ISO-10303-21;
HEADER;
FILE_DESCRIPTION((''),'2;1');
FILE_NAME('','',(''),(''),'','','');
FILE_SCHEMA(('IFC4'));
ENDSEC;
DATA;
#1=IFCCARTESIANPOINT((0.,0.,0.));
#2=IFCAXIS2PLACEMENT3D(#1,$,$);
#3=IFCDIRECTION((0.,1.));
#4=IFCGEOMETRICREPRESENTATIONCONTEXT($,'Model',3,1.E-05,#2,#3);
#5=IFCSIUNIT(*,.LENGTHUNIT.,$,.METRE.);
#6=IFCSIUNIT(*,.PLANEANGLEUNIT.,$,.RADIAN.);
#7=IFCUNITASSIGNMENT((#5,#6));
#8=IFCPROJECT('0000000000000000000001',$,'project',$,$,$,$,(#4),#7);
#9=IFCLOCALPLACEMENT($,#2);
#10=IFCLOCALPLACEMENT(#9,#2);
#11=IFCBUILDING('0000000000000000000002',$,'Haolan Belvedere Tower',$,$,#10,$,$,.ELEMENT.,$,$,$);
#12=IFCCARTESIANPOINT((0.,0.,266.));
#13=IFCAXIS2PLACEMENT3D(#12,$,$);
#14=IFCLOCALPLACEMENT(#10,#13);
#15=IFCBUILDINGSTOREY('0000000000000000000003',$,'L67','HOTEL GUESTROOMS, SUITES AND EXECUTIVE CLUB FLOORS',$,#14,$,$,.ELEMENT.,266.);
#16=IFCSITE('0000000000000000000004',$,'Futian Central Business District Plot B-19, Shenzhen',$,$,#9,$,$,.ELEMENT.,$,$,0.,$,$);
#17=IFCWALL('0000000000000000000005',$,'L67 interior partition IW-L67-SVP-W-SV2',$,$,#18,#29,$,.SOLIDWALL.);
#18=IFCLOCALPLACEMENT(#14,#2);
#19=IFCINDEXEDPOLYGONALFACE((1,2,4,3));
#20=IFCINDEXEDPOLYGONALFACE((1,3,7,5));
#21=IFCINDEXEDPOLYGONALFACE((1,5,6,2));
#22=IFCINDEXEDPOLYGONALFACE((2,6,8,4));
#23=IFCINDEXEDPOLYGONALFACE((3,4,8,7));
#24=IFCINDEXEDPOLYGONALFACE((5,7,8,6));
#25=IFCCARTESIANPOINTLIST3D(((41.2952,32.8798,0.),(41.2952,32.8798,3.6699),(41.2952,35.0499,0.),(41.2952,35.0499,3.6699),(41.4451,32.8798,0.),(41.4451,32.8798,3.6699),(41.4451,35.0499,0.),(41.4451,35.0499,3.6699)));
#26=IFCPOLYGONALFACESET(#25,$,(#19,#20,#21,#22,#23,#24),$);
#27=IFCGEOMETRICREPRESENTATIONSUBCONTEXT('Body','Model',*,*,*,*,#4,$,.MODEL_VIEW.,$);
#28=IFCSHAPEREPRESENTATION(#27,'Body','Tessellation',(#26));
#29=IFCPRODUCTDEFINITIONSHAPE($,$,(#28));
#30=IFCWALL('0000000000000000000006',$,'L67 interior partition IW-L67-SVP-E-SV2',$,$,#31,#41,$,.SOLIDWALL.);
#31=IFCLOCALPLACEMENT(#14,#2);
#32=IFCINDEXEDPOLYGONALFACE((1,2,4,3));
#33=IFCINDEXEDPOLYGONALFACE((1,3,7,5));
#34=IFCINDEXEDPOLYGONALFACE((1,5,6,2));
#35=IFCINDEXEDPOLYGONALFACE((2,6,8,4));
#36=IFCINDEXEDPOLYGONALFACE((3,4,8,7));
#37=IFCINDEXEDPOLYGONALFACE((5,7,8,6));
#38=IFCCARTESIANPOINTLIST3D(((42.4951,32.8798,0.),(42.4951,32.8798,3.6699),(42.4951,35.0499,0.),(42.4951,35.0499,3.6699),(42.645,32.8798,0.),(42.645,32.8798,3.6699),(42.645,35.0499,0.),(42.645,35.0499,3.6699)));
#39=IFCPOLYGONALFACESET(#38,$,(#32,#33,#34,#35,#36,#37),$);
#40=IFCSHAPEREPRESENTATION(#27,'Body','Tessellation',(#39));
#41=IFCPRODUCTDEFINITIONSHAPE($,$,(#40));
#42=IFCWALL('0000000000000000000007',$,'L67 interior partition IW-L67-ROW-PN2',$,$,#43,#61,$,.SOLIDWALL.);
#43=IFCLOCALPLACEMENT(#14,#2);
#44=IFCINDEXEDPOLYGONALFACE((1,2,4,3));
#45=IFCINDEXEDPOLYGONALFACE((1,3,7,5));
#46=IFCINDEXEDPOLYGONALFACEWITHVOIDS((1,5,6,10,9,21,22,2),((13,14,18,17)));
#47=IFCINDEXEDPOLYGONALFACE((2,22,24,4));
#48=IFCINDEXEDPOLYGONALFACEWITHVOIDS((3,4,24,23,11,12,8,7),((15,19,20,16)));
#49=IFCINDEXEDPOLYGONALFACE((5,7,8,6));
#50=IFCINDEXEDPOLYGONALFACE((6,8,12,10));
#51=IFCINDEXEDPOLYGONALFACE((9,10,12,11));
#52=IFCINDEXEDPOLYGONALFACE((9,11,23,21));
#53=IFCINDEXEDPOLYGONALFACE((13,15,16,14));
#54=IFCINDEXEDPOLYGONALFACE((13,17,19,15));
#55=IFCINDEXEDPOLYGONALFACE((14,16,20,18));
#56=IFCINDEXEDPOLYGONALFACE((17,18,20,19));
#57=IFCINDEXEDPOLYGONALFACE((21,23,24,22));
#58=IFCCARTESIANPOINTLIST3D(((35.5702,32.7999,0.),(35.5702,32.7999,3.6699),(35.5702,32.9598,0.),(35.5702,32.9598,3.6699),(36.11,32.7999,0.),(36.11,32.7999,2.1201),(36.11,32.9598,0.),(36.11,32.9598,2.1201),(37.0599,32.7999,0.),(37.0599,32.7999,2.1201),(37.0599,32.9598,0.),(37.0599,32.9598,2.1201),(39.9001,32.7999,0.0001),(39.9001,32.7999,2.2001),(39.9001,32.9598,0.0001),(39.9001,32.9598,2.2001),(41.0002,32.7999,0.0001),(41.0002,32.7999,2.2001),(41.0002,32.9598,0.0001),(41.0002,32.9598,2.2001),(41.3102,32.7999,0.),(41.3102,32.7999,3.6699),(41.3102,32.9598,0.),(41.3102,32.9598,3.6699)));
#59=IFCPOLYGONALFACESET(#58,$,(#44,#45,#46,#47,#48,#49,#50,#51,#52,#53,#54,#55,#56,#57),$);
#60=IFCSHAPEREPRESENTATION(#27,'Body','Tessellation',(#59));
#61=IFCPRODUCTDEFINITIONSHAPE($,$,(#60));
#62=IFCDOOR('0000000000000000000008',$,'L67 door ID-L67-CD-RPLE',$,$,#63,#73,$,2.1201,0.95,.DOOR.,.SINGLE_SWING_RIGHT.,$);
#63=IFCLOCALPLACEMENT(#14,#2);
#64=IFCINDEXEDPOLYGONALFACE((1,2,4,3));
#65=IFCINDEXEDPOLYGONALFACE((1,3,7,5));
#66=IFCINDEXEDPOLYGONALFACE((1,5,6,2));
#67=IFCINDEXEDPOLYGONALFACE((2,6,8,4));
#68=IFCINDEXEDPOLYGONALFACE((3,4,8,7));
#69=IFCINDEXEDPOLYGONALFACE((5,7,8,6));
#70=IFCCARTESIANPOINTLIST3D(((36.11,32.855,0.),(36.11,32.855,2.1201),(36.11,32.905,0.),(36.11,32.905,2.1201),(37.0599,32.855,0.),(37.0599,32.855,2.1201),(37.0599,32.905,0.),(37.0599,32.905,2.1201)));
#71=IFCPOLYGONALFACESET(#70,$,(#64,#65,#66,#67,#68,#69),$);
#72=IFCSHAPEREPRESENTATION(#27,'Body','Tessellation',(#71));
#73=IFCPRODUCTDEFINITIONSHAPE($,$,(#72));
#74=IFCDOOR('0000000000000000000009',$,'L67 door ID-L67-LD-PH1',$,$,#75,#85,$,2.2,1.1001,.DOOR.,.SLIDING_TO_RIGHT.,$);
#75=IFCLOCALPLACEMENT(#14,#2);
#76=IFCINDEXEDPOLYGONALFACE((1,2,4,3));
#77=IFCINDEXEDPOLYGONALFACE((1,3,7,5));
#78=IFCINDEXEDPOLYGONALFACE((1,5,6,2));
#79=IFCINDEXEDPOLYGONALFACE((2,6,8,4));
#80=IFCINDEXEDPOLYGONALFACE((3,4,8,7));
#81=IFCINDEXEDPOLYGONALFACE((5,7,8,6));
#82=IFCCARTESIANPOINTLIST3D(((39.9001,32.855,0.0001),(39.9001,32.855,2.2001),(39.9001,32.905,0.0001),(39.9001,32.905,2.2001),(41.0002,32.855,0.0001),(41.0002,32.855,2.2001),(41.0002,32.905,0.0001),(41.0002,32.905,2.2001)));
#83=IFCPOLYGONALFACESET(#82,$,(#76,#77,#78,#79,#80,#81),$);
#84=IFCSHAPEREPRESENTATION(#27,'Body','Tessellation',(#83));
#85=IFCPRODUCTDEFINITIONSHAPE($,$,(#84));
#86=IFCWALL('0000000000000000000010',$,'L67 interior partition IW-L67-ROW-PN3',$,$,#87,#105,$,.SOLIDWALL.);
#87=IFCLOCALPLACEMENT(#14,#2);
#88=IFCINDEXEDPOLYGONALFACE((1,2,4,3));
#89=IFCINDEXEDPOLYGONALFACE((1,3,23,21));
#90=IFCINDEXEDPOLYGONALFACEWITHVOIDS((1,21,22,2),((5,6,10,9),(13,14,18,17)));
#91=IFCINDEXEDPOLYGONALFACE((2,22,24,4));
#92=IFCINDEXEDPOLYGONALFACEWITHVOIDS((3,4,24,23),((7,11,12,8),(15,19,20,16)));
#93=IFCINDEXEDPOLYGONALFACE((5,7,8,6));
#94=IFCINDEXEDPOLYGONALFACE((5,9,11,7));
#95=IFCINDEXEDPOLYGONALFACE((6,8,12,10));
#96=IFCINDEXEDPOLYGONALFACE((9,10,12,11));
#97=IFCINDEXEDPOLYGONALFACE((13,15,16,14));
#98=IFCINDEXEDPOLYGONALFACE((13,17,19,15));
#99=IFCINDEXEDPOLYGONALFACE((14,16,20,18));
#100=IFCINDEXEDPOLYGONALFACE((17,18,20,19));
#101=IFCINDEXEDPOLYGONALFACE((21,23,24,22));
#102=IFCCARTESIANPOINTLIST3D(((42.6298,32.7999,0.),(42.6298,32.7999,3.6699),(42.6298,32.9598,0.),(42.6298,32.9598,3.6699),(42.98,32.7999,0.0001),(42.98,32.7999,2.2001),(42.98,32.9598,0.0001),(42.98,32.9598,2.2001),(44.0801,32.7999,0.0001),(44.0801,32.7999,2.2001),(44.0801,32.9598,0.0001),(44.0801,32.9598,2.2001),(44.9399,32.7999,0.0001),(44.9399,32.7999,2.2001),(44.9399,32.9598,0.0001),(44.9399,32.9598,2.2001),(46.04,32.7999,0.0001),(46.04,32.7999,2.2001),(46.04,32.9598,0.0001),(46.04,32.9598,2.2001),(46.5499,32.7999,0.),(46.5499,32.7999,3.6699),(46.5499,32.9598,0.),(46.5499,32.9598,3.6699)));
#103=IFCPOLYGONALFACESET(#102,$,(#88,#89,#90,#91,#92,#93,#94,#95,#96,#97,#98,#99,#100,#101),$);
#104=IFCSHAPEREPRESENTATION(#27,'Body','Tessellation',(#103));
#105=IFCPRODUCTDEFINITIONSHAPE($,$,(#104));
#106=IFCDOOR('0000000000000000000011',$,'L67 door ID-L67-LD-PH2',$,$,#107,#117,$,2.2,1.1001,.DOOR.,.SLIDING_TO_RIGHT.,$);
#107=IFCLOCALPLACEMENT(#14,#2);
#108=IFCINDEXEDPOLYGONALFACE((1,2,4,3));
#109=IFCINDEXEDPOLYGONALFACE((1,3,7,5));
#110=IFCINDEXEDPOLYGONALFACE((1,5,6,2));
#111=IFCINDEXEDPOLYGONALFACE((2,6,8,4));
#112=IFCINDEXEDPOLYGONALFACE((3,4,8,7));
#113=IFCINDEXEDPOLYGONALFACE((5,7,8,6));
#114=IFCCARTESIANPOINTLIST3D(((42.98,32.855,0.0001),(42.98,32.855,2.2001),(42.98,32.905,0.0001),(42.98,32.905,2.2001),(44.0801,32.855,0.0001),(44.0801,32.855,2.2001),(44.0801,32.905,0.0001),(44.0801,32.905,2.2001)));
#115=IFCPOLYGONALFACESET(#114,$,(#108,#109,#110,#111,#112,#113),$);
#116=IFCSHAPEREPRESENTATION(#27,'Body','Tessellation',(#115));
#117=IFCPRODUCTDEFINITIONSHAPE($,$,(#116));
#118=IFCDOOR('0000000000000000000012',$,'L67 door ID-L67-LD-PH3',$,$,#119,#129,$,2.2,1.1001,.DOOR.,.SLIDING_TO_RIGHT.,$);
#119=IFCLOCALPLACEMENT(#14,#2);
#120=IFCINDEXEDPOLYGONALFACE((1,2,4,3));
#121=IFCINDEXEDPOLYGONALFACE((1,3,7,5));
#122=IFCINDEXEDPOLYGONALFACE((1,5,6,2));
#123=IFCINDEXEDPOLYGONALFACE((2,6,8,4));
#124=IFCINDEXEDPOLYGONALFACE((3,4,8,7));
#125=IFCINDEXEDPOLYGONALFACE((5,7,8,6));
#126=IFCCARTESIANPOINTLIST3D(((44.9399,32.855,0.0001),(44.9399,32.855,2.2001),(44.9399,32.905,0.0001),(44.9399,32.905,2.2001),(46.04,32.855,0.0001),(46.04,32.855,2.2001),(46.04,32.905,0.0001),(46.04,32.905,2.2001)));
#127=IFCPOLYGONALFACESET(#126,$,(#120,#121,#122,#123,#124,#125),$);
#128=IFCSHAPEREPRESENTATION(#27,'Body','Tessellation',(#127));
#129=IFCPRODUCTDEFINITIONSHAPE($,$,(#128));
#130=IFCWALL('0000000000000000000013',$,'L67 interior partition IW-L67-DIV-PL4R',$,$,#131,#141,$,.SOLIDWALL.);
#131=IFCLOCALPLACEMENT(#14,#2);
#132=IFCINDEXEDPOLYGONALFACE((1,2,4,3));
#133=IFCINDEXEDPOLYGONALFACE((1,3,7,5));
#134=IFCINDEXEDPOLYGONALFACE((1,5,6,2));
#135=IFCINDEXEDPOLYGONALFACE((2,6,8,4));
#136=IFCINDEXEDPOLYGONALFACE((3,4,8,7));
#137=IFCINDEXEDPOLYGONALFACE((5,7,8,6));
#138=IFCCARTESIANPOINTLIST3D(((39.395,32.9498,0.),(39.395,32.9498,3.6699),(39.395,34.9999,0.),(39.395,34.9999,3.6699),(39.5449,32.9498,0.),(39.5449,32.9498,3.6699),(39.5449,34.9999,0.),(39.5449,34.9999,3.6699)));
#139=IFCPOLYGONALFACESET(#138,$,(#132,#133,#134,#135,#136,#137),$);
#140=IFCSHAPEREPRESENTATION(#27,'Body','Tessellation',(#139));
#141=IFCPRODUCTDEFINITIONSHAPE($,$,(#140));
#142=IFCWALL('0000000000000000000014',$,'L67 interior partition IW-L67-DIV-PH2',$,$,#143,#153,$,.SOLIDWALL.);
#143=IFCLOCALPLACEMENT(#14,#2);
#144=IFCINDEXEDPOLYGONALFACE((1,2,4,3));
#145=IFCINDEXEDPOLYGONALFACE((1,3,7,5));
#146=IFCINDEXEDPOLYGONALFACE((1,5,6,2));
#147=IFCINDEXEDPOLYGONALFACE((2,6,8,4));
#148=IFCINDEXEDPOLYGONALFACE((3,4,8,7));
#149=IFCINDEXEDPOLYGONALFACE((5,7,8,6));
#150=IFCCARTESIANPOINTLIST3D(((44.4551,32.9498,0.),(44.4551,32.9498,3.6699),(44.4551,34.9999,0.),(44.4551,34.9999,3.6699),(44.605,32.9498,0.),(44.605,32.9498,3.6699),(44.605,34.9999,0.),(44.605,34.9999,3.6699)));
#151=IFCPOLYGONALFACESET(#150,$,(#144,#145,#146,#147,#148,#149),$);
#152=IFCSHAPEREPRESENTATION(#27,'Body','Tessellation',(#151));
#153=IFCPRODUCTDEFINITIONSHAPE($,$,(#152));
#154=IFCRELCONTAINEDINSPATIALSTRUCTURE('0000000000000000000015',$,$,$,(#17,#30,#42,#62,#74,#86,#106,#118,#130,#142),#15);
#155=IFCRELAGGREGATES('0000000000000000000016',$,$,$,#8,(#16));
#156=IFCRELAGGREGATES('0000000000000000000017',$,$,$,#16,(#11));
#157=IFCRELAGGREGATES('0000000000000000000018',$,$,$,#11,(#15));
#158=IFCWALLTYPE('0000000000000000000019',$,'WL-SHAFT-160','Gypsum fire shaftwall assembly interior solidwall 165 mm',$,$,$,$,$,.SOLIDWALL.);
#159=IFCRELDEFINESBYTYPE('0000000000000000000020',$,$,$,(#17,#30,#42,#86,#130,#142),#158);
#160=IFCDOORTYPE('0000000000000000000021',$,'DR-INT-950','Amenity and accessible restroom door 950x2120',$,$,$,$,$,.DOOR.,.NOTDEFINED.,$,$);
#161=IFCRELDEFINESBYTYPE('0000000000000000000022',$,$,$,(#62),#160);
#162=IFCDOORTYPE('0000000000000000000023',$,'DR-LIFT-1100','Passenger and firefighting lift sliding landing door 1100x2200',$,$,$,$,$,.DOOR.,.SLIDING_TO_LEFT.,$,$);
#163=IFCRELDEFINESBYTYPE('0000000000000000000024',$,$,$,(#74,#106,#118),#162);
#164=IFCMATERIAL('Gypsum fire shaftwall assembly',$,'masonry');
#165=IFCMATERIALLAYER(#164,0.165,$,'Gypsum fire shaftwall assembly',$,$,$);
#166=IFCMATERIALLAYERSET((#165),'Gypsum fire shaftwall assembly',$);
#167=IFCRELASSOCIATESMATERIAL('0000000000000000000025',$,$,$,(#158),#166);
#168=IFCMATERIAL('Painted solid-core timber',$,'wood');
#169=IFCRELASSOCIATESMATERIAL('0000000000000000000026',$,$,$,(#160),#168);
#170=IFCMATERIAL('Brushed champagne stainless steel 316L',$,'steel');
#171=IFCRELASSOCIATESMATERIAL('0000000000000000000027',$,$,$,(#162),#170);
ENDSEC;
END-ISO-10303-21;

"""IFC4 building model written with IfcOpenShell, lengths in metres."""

from ifc_helpers import new_model, si_unit, direction, frame, frame_2d, origin, place, context, subcontext, project, spatial, rectangle, extrude, material, layer, layer_set, type_object, element, fill, save


model = new_model("IFC4")

# Units and contexts
model_context = context("Model", 3, precision=1e-05, world=origin(), true_north=direction((0.0, 1.0)))
body_context = subcontext(model_context, "Body", "Model", "MODEL_VIEW")
ifc_project = project(units=[si_unit("LENGTHUNIT", "METRE"), si_unit("PLANEANGLEUNIT", "RADIAN")], contexts=[model_context])

# Site, building, storey
site_placement = place(None, origin())
site = spatial("IfcSite", under=ifc_project, at=site_placement, Name="Futian Central Business District Plot B-19, Shenzhen", CompositionType="ELEMENT", RefElevation=0.0)
building_placement = place(site_placement, origin())
building = spatial("IfcBuilding", under=site, at=building_placement, Name="Haolan Belvedere Tower", CompositionType="ELEMENT")
storey_placement = place(building_placement, frame((0.0, 0.0, 266.0)))
storey = spatial("IfcBuildingStorey", under=building, at=storey_placement, Name="L67", Description="HOTEL GUESTROOMS, SUITES AND EXECUTIVE CLUB FLOORS", CompositionType="ELEMENT", Elevation=266.0)

# Walls
ifc_material_1 = material(Name="Gypsum fire shaftwall assembly", Category="masonry")
ifc_layer_1 = layer(ifc_material_1, 0.165, Name="Gypsum fire shaftwall assembly")
ifc_layer_set_1 = layer_set([ifc_layer_1], Name="Gypsum fire shaftwall assembly")
wall_type_1 = type_object("IfcWallType", Name="WL-SHAFT-160", Description="Gypsum fire shaftwall assembly interior solidwall 165 mm", PredefinedType="SOLIDWALL", material=ifc_layer_set_1)
for number, where, z_axis, x_axis, name in (
    (1, (41.3701, 32.8799, 0.0), (0.0, 0.0, 1.0), (0.0, 1.0, 0.0), "L67 interior partition IW-L67-SVP-W-SV2"),
    (2, (42.5701, 32.8799, 0.0), (0.0, 0.0, 1.0), (0.0, 1.0, 0.0), "L67 interior partition IW-L67-SVP-E-SV2"),
):
    element("IfcWall", number, at=place(storey_placement, frame(where, z_axis=z_axis, x_axis=x_axis)), inside=storey, type_object=wall_type_1, Name=name, PredefinedType="SOLIDWALL", context=body_context, shape_type="SweptSolid", body=[
        extrude(rectangle(XDim=2.1702, YDim=0.1499, at=frame_2d((1.085, 0.0))), origin(), (0.0, 0.0, 1.0), 3.6699),
    ])

# Walls, openings, doors
wall_1_placement = place(storey_placement, frame((35.5701, 32.8799, 0.0), z_axis=(0.0, 0.0, 1.0), x_axis=(1.0, 0.0, 0.0)))
wall_1 = element("IfcWall", 3, at=wall_1_placement, inside=storey, type_object=wall_type_1, Name="L67 interior partition IW-L67-ROW-PN2", PredefinedType="SOLIDWALL", context=body_context, shape_type="SweptSolid", body=[
    extrude(rectangle(XDim=5.74, YDim=0.1599, at=frame_2d((2.8701, 0.0))), origin(), (0.0, 0.0, 1.0), 3.6699),
])
opening_1_placement = place(wall_1_placement, frame((1.49, 0.0, 0.0), z_axis=(0.0, 0.0, 1.0), x_axis=(-1.0, 0.0, 0.0)))
opening_1 = element("IfcOpeningElement", 4, at=opening_1_placement, cuts=wall_1, PredefinedType="OPENING", context=body_context, shape_type="SweptSolid", body=[
    extrude(rectangle(XDim=0.95, YDim=2.1201, at=frame_2d((0.4751, 1.0601))), frame((0.0, 0.0898, 0.0), z_axis=(0.0, -1.0, 0.0), x_axis=(1.0, 0.0, 0.0)), (0.0, 0.0, 1.0), 0.1799),
])
opening_2_placement = place(wall_1_placement, frame((5.4302, 0.0, 0.0), z_axis=(0.0, 0.0, 1.0), x_axis=(-1.0, 0.0, 0.0)))
opening_2 = element("IfcOpeningElement", 5, at=opening_2_placement, cuts=wall_1, PredefinedType="OPENING", context=body_context, shape_type="SweptSolid", body=[
    extrude(rectangle(XDim=1.1001, YDim=2.2, at=frame_2d((0.55, 1.1001))), frame((0.0, 0.0898, 0.0), z_axis=(0.0, -1.0, 0.0), x_axis=(1.0, 0.0, 0.0)), (0.0, 0.0, 1.0), 0.1799),
])
ifc_material_2 = material(Name="Painted solid-core timber", Category="wood")
door_type_1 = type_object("IfcDoorType", Name="DR-INT-950", Description="Amenity and accessible restroom door 950x2120", OperationType="NOTDEFINED", PredefinedType="DOOR", material=ifc_material_2)
door_1_placement = place(opening_1_placement, origin())
door_1 = element("IfcDoor", 6, at=door_1_placement, inside=storey, type_object=door_type_1, Name="L67 door ID-L67-CD-RPLE", OperationType="SINGLE_SWING_RIGHT", OverallHeight=2.1201, OverallWidth=0.95, PredefinedType="DOOR", context=body_context, shape_type="SweptSolid", body=[
    extrude(rectangle(XDim=0.95, YDim=2.1201, at=frame_2d((0.4751, 1.0601))), frame((0.0, 0.0249, 0.0), z_axis=(0.0, -1.0, 0.0), x_axis=(1.0, 0.0, 0.0)), (0.0, 0.0, 1.0), 0.05),
])
fill(opening_1, door_1)
ifc_material_3 = material(Name="Brushed champagne stainless steel 316L", Category="steel")
door_type_2 = type_object("IfcDoorType", Name="DR-LIFT-1100", Description="Passenger and firefighting lift sliding landing door 1100x2200", OperationType="SLIDING_TO_LEFT", PredefinedType="DOOR", material=ifc_material_3)
door_2_placement = place(opening_2_placement, origin())
door_2 = element("IfcDoor", 7, at=door_2_placement, inside=storey, type_object=door_type_2, Name="L67 door ID-L67-LD-PH1", OperationType="SLIDING_TO_RIGHT", OverallHeight=2.2, OverallWidth=1.1001, PredefinedType="DOOR", context=body_context, shape_type="SweptSolid", body=[
    extrude(rectangle(XDim=1.1001, YDim=2.2, at=frame_2d((0.55, 1.1001))), frame((0.0, 0.0249, 0.0), z_axis=(0.0, -1.0, 0.0), x_axis=(1.0, 0.0, 0.0)), (0.0, 0.0, 1.0), 0.05),
])
fill(opening_2, door_2)
wall_2_placement = place(storey_placement, frame((42.6299, 32.8799, 0.0), z_axis=(0.0, 0.0, 1.0), x_axis=(1.0, 0.0, 0.0)))
wall_2 = element("IfcWall", 8, at=wall_2_placement, inside=storey, type_object=wall_type_1, Name="L67 interior partition IW-L67-ROW-PN3", PredefinedType="SOLIDWALL", context=body_context, shape_type="SweptSolid", body=[
    extrude(rectangle(XDim=3.9202, YDim=0.1599, at=frame_2d((1.96, 0.0))), origin(), (0.0, 0.0, 1.0), 3.6699),
])
opening_3_placement = place(wall_2_placement, frame((1.4502, 0.0, 0.0), z_axis=(0.0, 0.0, 1.0), x_axis=(-1.0, 0.0, 0.0)))
opening_3 = element("IfcOpeningElement", 9, at=opening_3_placement, cuts=wall_2, PredefinedType="OPENING", context=body_context, shape_type="SweptSolid", body=[
    extrude(rectangle(XDim=1.1001, YDim=2.2, at=frame_2d((0.55, 1.1001))), frame((0.0, 0.0898, 0.0), z_axis=(0.0, -1.0, 0.0), x_axis=(1.0, 0.0, 0.0)), (0.0, 0.0, 1.0), 0.1799),
])
opening_4_placement = place(wall_2_placement, frame((3.4102, 0.0, 0.0), z_axis=(0.0, 0.0, 1.0), x_axis=(-1.0, 0.0, 0.0)))
opening_4 = element("IfcOpeningElement", 10, at=opening_4_placement, cuts=wall_2, PredefinedType="OPENING", context=body_context, shape_type="SweptSolid", body=[
    extrude(rectangle(XDim=1.1001, YDim=2.2, at=frame_2d((0.55, 1.1001))), frame((0.0, 0.0898, 0.0), z_axis=(0.0, -1.0, 0.0), x_axis=(1.0, 0.0, 0.0)), (0.0, 0.0, 1.0), 0.1799),
])
door_3_placement = place(opening_3_placement, origin())
door_3 = element("IfcDoor", 11, at=door_3_placement, inside=storey, type_object=door_type_2, Name="L67 door ID-L67-LD-PH2", OperationType="SLIDING_TO_RIGHT", OverallHeight=2.2, OverallWidth=1.1001, PredefinedType="DOOR", context=body_context, shape_type="SweptSolid", body=[
    extrude(rectangle(XDim=1.1001, YDim=2.2, at=frame_2d((0.55, 1.1001))), frame((0.0, 0.0249, 0.0), z_axis=(0.0, -1.0, 0.0), x_axis=(1.0, 0.0, 0.0)), (0.0, 0.0, 1.0), 0.05),
])
fill(opening_3, door_3)
door_4_placement = place(opening_4_placement, origin())
door_4 = element("IfcDoor", 12, at=door_4_placement, inside=storey, type_object=door_type_2, Name="L67 door ID-L67-LD-PH3", OperationType="SLIDING_TO_RIGHT", OverallHeight=2.2, OverallWidth=1.1001, PredefinedType="DOOR", context=body_context, shape_type="SweptSolid", body=[
    extrude(rectangle(XDim=1.1001, YDim=2.2, at=frame_2d((0.55, 1.1001))), frame((0.0, 0.0249, 0.0), z_axis=(0.0, -1.0, 0.0), x_axis=(1.0, 0.0, 0.0)), (0.0, 0.0, 1.0), 0.05),
])
fill(opening_4, door_4)

# Walls
for number, where, z_axis, x_axis, name in (
    (13, (39.47, 32.95, 0.0), (0.0, 0.0, 1.0), (0.0, 1.0, 0.0), "L67 interior partition IW-L67-DIV-PL4R"),
    (14, (44.53, 32.95, 0.0), (0.0, 0.0, 1.0), (0.0, 1.0, 0.0), "L67 interior partition IW-L67-DIV-PH2"),
):
    element("IfcWall", number, at=place(storey_placement, frame(where, z_axis=z_axis, x_axis=x_axis)), inside=storey, type_object=wall_type_1, Name=name, PredefinedType="SOLIDWALL", context=body_context, shape_type="SweptSolid", body=[
        extrude(rectangle(XDim=2.05, YDim=0.1499, at=frame_2d((1.0249, 0.0))), origin(), (0.0, 0.0, 1.0), 3.6699),
    ])

save(model, "model.ifc")
